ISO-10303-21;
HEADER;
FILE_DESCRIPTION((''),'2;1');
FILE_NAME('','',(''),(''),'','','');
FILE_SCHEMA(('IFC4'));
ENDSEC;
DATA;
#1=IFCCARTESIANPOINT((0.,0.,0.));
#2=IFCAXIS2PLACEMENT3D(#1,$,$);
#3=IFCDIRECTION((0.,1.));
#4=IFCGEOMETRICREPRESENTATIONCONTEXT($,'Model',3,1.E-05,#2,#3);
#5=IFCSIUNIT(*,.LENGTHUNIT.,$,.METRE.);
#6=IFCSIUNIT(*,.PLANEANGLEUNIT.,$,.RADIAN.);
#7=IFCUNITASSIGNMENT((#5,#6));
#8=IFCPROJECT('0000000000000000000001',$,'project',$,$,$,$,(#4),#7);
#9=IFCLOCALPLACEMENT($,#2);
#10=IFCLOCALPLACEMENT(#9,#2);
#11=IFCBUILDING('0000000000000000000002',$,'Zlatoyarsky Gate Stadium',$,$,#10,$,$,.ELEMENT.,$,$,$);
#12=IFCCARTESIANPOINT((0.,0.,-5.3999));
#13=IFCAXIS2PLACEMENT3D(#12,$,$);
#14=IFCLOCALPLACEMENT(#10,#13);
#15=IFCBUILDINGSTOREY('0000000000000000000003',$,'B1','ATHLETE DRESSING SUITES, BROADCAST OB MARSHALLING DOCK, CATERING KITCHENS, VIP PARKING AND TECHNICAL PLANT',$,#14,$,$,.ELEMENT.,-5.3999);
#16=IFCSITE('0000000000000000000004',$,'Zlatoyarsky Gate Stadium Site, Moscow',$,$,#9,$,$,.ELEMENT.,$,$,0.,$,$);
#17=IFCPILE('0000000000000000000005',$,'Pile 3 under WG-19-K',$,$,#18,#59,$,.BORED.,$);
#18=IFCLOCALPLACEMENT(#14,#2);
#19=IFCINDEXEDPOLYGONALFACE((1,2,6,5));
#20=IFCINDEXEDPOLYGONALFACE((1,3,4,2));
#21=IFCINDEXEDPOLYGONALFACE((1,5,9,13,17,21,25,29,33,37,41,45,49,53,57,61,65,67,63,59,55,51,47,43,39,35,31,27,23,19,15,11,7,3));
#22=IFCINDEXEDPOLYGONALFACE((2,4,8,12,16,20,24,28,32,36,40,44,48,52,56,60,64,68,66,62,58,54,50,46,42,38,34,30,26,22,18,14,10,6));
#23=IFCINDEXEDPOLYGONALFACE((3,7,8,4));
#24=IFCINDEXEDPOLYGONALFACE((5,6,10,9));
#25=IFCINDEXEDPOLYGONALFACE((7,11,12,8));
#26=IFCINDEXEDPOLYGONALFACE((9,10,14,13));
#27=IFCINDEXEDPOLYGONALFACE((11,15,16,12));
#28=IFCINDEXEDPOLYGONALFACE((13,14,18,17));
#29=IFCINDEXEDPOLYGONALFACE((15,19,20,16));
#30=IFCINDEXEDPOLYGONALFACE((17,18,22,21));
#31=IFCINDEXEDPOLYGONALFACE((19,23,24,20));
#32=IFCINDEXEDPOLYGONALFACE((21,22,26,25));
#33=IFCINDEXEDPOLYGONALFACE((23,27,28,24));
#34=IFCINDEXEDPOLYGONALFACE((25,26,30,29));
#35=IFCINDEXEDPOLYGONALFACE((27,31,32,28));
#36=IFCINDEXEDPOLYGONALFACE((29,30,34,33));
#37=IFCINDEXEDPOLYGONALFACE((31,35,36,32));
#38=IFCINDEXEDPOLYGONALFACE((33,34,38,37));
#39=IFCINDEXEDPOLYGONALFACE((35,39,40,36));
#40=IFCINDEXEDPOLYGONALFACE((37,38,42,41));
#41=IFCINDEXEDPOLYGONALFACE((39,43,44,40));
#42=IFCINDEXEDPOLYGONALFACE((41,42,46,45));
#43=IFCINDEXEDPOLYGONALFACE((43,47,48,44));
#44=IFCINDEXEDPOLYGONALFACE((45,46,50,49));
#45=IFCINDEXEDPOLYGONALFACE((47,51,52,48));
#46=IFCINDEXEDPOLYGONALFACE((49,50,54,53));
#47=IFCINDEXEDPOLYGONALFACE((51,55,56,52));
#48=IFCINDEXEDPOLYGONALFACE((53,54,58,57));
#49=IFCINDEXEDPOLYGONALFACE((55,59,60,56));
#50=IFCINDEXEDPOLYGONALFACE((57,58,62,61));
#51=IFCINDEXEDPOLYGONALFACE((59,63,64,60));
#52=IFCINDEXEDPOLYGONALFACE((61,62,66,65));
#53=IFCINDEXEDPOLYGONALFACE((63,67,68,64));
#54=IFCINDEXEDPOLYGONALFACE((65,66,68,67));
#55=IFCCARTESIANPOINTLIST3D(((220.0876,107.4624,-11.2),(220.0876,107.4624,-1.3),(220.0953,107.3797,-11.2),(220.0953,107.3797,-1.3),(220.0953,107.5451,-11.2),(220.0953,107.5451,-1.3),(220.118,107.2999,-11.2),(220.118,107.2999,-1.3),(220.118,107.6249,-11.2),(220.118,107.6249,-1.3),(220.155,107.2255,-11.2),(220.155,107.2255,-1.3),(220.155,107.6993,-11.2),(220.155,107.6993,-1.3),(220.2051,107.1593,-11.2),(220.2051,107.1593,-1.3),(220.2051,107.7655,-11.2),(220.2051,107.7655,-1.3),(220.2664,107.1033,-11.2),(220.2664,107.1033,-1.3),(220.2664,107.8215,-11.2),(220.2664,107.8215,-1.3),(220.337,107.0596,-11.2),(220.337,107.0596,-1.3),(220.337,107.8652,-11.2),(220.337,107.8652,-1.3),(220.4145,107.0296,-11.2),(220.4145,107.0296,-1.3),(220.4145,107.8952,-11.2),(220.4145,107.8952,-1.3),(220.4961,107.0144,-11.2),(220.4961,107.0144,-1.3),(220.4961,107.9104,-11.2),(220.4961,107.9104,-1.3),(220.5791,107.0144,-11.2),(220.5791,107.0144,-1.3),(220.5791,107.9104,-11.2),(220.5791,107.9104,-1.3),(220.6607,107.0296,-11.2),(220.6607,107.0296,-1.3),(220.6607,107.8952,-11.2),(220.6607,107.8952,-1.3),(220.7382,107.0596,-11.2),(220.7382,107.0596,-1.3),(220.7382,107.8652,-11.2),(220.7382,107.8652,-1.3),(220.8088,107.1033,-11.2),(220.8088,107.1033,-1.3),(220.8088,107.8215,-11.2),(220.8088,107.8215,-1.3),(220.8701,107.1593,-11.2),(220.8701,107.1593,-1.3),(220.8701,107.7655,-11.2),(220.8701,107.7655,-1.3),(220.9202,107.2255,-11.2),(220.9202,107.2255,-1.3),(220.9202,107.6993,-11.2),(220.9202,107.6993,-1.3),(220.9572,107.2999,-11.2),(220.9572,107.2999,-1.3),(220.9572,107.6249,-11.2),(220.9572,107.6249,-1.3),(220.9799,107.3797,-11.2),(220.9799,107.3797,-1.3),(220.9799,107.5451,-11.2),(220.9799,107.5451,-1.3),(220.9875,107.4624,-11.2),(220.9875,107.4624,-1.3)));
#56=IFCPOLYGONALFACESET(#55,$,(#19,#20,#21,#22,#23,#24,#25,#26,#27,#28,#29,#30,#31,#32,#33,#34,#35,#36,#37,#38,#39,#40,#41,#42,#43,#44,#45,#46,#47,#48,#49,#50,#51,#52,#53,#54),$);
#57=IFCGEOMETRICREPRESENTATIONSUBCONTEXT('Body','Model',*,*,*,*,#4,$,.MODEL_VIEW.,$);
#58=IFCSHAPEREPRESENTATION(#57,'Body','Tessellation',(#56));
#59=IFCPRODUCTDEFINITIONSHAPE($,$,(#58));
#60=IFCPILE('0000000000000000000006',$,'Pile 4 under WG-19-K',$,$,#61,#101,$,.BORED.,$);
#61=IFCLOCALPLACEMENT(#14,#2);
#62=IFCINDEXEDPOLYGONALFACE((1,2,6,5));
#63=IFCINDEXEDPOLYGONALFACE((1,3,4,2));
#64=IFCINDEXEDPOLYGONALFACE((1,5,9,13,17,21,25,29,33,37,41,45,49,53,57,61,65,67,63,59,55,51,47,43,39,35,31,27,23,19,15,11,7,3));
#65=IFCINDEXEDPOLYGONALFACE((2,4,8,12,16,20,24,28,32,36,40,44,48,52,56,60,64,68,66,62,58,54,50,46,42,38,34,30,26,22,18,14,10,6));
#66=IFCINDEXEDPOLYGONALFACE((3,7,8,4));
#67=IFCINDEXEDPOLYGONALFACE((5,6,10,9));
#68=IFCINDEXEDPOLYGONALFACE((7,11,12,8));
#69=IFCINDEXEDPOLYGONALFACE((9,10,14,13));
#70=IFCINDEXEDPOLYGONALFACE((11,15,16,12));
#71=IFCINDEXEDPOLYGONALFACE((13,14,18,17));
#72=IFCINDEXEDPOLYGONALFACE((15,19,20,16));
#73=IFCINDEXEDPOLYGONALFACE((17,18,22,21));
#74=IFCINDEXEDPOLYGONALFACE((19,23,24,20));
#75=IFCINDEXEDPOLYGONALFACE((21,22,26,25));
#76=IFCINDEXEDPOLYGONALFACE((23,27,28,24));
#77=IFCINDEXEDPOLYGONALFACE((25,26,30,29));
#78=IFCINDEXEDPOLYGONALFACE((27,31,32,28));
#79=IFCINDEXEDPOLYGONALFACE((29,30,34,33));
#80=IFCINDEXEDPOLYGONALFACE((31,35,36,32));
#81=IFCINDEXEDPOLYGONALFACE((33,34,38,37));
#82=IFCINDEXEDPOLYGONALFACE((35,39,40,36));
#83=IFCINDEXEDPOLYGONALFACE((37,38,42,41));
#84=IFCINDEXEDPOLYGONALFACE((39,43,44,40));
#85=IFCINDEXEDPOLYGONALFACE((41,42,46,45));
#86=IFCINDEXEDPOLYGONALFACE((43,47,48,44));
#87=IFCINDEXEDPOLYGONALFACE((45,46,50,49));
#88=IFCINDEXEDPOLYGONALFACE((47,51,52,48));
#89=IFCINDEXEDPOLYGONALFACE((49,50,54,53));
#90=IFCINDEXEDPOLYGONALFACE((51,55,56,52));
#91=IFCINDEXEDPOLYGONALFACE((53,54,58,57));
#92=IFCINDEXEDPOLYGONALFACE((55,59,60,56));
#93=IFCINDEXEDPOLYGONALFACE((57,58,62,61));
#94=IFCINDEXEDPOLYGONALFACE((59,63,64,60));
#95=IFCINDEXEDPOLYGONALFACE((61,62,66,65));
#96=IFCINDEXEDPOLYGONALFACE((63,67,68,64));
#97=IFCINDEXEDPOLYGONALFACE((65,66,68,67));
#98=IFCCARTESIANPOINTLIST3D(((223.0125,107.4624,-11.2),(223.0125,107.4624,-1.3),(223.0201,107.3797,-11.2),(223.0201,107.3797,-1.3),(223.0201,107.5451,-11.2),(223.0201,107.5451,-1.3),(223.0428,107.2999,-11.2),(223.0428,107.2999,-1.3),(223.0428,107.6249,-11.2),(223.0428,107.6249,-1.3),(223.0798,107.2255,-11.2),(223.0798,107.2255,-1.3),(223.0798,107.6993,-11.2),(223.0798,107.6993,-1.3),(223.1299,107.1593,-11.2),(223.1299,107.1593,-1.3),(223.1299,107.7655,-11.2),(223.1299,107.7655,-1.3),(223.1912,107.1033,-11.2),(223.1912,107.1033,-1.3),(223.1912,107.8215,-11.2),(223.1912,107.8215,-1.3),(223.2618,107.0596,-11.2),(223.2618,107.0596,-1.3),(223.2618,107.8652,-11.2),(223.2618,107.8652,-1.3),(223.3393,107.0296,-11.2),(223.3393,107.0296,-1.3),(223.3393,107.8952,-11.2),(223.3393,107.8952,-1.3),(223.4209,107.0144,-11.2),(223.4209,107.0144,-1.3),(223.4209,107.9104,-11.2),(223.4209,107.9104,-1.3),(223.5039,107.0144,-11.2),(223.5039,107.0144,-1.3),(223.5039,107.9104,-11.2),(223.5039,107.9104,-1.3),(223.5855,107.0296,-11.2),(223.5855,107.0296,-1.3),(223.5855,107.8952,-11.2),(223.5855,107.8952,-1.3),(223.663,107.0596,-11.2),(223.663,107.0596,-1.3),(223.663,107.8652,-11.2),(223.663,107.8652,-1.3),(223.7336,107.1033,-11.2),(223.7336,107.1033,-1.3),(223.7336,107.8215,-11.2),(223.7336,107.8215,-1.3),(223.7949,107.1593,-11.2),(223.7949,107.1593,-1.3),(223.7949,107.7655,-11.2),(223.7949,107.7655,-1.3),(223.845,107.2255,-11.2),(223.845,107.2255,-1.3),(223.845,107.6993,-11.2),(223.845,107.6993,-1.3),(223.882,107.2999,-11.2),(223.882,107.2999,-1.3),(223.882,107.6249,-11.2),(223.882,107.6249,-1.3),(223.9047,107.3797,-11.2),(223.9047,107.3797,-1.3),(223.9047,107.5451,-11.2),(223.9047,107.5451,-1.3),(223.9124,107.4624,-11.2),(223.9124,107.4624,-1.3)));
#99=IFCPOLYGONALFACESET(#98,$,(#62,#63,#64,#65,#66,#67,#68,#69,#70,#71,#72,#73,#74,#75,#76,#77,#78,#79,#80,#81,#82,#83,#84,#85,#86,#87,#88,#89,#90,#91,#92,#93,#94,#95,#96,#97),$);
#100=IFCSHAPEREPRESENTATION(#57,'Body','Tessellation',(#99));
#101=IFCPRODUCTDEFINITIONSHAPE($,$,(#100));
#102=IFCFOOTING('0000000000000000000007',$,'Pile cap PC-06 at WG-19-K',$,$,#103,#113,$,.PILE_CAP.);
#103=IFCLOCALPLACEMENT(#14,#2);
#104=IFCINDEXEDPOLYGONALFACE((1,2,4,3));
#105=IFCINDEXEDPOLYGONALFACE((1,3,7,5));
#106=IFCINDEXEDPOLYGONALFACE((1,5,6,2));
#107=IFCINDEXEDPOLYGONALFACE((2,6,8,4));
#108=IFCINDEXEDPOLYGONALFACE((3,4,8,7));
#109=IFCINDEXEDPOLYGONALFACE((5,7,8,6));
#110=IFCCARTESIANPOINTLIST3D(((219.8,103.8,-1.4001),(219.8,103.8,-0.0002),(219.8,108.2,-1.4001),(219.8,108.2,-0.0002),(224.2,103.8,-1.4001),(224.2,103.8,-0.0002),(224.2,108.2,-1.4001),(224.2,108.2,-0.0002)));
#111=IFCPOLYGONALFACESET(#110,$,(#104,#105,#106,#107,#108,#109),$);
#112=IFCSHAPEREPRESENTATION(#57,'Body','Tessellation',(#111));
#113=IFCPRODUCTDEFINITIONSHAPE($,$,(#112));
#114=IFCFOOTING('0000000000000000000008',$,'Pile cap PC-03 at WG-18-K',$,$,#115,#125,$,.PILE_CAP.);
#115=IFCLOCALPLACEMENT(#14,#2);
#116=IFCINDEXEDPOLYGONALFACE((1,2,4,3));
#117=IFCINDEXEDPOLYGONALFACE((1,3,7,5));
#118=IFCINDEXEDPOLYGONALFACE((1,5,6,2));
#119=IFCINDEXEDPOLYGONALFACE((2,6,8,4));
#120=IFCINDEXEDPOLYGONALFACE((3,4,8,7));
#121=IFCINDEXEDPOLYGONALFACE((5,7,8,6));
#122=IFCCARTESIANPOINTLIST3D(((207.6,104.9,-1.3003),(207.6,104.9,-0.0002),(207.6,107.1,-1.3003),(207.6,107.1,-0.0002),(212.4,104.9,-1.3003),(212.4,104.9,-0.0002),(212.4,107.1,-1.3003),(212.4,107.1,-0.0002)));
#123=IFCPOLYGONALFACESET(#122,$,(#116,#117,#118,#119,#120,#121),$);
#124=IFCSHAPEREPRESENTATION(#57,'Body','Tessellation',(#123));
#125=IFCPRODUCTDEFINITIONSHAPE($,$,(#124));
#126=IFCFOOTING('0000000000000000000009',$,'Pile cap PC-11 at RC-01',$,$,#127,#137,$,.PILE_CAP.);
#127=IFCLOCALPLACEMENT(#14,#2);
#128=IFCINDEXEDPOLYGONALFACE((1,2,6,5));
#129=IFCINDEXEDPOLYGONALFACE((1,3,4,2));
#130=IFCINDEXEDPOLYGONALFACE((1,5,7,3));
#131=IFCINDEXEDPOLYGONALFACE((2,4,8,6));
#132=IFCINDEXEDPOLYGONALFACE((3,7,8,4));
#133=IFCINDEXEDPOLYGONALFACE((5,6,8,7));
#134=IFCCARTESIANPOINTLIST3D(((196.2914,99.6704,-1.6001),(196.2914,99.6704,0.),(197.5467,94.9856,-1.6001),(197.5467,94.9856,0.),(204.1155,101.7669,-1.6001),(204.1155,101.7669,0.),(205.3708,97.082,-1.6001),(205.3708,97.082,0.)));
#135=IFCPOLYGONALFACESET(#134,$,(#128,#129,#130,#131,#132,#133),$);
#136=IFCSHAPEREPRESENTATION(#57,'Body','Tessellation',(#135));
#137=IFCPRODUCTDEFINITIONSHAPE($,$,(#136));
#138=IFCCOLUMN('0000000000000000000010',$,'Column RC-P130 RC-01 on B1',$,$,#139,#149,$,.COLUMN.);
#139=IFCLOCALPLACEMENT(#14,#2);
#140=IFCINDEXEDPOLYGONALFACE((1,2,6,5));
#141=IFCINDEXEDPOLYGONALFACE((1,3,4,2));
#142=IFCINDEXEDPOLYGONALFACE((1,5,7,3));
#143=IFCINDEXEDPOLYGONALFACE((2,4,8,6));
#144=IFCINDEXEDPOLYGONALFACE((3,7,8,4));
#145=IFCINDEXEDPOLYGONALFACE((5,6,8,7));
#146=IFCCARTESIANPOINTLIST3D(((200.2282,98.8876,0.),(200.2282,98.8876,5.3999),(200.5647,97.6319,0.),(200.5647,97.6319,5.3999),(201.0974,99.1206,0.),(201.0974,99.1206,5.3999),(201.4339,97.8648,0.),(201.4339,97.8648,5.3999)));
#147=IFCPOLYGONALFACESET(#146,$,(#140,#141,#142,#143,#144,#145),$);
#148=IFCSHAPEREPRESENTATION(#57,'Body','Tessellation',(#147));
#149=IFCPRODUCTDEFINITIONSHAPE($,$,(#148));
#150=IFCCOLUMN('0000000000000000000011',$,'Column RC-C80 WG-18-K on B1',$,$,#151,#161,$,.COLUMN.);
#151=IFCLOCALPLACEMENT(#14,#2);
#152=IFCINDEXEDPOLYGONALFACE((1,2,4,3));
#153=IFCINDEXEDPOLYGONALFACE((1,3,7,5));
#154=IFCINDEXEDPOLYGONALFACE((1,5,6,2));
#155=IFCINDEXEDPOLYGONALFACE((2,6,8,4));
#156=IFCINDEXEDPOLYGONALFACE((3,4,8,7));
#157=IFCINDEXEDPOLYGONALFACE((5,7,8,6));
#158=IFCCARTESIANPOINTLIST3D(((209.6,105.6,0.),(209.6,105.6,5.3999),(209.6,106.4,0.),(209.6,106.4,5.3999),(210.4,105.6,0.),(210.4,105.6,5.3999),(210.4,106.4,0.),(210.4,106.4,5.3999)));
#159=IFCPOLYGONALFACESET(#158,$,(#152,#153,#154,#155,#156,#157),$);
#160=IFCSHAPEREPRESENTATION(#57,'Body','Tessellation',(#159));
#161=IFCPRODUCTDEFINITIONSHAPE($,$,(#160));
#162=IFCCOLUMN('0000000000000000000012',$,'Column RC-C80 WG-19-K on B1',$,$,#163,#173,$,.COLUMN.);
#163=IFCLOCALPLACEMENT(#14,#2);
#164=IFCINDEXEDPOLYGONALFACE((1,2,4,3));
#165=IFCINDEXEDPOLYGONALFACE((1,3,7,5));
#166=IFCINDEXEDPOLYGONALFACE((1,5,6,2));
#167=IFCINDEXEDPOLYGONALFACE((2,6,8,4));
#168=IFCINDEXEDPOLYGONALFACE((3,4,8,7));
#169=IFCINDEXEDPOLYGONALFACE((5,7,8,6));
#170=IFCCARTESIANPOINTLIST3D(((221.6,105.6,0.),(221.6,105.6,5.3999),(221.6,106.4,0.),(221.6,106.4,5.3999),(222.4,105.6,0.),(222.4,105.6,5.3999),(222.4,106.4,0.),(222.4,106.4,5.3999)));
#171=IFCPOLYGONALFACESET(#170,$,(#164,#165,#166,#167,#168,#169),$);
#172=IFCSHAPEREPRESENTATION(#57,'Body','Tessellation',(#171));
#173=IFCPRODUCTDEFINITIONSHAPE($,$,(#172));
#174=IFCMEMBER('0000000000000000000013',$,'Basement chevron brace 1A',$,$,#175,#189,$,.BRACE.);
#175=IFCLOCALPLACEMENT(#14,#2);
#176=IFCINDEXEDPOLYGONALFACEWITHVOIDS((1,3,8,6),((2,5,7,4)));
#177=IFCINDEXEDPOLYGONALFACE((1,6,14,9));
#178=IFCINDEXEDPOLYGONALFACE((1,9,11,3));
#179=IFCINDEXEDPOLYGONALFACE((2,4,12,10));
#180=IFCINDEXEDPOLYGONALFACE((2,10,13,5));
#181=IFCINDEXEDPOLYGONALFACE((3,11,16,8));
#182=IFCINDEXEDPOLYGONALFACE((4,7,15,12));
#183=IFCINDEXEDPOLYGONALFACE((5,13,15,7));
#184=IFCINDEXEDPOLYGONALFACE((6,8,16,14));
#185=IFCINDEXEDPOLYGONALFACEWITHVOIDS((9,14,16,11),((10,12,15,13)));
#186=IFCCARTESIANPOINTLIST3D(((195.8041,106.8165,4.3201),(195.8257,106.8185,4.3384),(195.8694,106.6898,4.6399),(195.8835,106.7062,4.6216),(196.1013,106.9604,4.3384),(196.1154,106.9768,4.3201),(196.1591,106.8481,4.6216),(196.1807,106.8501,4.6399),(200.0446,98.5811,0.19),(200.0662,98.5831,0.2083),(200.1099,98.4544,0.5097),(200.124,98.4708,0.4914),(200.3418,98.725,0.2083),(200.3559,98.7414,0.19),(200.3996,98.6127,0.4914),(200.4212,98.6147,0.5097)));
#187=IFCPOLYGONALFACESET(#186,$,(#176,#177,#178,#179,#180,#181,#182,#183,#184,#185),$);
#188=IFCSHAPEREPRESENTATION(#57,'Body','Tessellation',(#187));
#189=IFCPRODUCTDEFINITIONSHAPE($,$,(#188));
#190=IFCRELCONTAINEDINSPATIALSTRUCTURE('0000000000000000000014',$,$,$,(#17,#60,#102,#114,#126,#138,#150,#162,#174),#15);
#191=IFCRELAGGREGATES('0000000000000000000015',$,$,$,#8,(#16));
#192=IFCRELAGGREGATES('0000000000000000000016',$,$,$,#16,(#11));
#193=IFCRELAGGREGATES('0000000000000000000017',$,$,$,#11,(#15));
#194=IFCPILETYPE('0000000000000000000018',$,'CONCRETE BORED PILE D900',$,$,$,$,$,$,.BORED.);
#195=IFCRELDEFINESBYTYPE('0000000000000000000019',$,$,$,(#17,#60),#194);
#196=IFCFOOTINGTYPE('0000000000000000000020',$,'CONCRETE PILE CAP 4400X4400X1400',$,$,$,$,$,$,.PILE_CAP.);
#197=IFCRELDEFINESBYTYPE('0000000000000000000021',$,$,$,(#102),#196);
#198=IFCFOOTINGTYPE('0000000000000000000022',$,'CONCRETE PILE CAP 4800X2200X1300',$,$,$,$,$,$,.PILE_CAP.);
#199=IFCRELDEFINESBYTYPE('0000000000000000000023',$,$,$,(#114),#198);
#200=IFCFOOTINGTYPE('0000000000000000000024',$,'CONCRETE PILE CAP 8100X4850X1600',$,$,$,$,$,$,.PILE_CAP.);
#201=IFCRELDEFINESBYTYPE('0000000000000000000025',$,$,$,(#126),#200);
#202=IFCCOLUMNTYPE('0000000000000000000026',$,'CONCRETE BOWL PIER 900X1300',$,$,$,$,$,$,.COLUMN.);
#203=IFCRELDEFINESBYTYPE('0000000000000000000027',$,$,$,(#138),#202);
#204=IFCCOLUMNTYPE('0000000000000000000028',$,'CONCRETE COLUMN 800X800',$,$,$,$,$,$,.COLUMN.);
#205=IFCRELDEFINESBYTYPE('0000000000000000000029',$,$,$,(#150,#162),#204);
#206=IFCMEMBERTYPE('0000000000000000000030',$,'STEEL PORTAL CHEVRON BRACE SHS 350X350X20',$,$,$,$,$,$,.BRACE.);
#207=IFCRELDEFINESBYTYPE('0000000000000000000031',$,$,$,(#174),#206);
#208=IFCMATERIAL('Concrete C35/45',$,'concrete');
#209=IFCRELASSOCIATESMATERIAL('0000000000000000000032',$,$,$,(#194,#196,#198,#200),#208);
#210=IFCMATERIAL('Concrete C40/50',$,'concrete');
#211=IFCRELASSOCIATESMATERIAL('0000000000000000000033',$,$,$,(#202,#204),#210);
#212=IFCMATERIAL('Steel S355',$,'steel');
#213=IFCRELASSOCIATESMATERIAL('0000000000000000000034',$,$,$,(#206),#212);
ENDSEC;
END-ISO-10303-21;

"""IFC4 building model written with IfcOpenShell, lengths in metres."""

from ifc_helpers import new_model, si_unit, direction, frame, origin, origin_2d, place, context, subcontext, project, spatial, rectangle, hollow_rectangle, circle, extrude, material, material_profile, profile_set, type_object, element, save


model = new_model("IFC4")

# Units and contexts
model_context = context("Model", 3, precision=1e-05, world=origin(), true_north=direction((0.0, 1.0)))
body_context = subcontext(model_context, "Body", "Model", "MODEL_VIEW")
ifc_project = project(units=[si_unit("LENGTHUNIT", "METRE"), si_unit("PLANEANGLEUNIT", "RADIAN")], contexts=[model_context])

# Site, building, storey
site_placement = place(None, origin())
site = spatial("IfcSite", under=ifc_project, at=site_placement, Name="Zlatoyarsky Gate Stadium Site, Moscow", CompositionType="ELEMENT", RefElevation=0.0)
building_placement = place(site_placement, origin())
building = spatial("IfcBuilding", under=site, at=building_placement, Name="Zlatoyarsky Gate Stadium", CompositionType="ELEMENT")
storey_placement = place(building_placement, frame((0.0, 0.0, -5.3999)))
storey = spatial("IfcBuildingStorey", under=building, at=storey_placement, Name="B1", Description="ATHLETE DRESSING SUITES, BROADCAST OB MARSHALLING DOCK, CATERING KITCHENS, VIP PARKING AND TECHNICAL PLANT", CompositionType="ELEMENT", Elevation=-5.3999)

# Piles
ifc_material_1 = material(Name="Concrete C35/45", Category="concrete")
ifc_material_profile_1 = material_profile(ifc_material_1, circle(Radius=0.45, at=origin_2d()), Name="BORED PILE D900")
ifc_profile_set_1 = profile_set([ifc_material_profile_1], Name="Concrete C35/45")
pile_type_1 = type_object("IfcPileType", Name="CONCRETE BORED PILE D900", PredefinedType="BORED", material=ifc_profile_set_1)
for number, where, z_axis, x_axis, name in (
    (1, (220.5376, 107.4624, -1.3), (0.0, 0.0, -1.0), (1.0, 0.0, 0.0), "Pile 3 under WG-19-K"),
    (2, (223.4624, 107.4624, -1.3), (0.0, 0.0, -1.0), (1.0, 0.0, 0.0), "Pile 4 under WG-19-K"),
):
    element("IfcPile", number, at=place(storey_placement, frame(where, z_axis=z_axis, x_axis=x_axis)), inside=storey, type_object=pile_type_1, Name=name, PredefinedType="BORED", context=body_context, shape_type="SweptSolid", body=[
        extrude(circle(Radius=0.45, at=origin_2d()), origin(), (0.0, 0.0, 1.0), 9.8999),
    ])

# Footings
footing_type_1 = type_object("IfcFootingType", Name="CONCRETE PILE CAP 4400X4400X1400", PredefinedType="PILE_CAP", material=ifc_material_1)
footing_1_placement = place(storey_placement, frame((222.0, 106.0, -1.4001), z_axis=(0.0, 0.0, 1.0), x_axis=(1.0, 0.0, 0.0)))
element("IfcFooting", 3, at=footing_1_placement, inside=storey, type_object=footing_type_1, Name="Pile cap PC-06 at WG-19-K", PredefinedType="PILE_CAP", context=body_context, shape_type="SweptSolid", body=[
    extrude(rectangle(XDim=4.3999, YDim=4.3999, at=origin_2d()), origin(), (0.0, 0.0, 1.0), 1.3999),
])
footing_type_2 = type_object("IfcFootingType", Name="CONCRETE PILE CAP 4800X2200X1300", PredefinedType="PILE_CAP", material=ifc_material_1)
footing_2_placement = place(storey_placement, frame((210.0, 106.0, -1.3003), z_axis=(0.0, 0.0, 1.0), x_axis=(1.0, 0.0, 0.0)))
element("IfcFooting", 4, at=footing_2_placement, inside=storey, type_object=footing_type_2, Name="Pile cap PC-03 at WG-18-K", PredefinedType="PILE_CAP", context=body_context, shape_type="SweptSolid", body=[
    extrude(rectangle(XDim=4.8, YDim=2.2, at=origin_2d()), origin(), (0.0, 0.0, 1.0), 1.3),
])
footing_type_3 = type_object("IfcFootingType", Name="CONCRETE PILE CAP 8100X4850X1600", PredefinedType="PILE_CAP", material=ifc_material_1)
footing_3_placement = place(storey_placement, frame((200.8311, 98.3762, -1.6001), z_axis=(0.0, 0.0, 1.0), x_axis=(0.965926, 0.258819, 0.0)))
element("IfcFooting", 5, at=footing_3_placement, inside=storey, type_object=footing_type_3, Name="Pile cap PC-11 at RC-01", PredefinedType="PILE_CAP", context=body_context, shape_type="SweptSolid", body=[
    extrude(rectangle(XDim=8.1001, YDim=4.8501, at=origin_2d()), origin(), (0.0, 0.0, 1.0), 1.6001),
])

# Columns
ifc_material_2 = material(Name="Concrete C40/50", Category="concrete")
ifc_material_profile_2 = material_profile(ifc_material_2, rectangle(XDim=0.8999, YDim=1.3, at=origin_2d()), Name="RC PIER 900X1300")
ifc_profile_set_2 = profile_set([ifc_material_profile_2], Name="Concrete C40/50")
column_type_1 = type_object("IfcColumnType", Name="CONCRETE BOWL PIER 900X1300", PredefinedType="COLUMN", material=ifc_profile_set_2)
column_placement = place(storey_placement, frame((200.8311, 98.3762, 0.0), z_axis=(0.0, 0.0, 1.0), x_axis=(0.965926, 0.258819, 0.0)))
element("IfcColumn", 6, at=column_placement, inside=storey, type_object=column_type_1, Name="Column RC-P130 RC-01 on B1", PredefinedType="COLUMN", context=body_context, shape_type="SweptSolid", body=[
    extrude(rectangle(XDim=0.8999, YDim=1.3, at=origin_2d()), origin(), (0.0, 0.0, 1.0), 5.3999),
])
ifc_material_profile_3 = material_profile(ifc_material_2, rectangle(XDim=0.8, YDim=0.8, at=origin_2d()), Name="RC COL 800X800")
ifc_profile_set_3 = profile_set([ifc_material_profile_3], Name="Concrete C40/50")
column_type_2 = type_object("IfcColumnType", Name="CONCRETE COLUMN 800X800", PredefinedType="COLUMN", material=ifc_profile_set_3)
for number, where, z_axis, x_axis, name in (
    (7, (210.0, 106.0, 0.0), (0.0, 0.0, 1.0), (1.0, 0.0, 0.0), "Column RC-C80 WG-18-K on B1"),
    (8, (222.0, 106.0, 0.0), (0.0, 0.0, 1.0), (1.0, 0.0, 0.0), "Column RC-C80 WG-19-K on B1"),
):
    element("IfcColumn", number, at=place(storey_placement, frame(where, z_axis=z_axis, x_axis=x_axis)), inside=storey, type_object=column_type_2, Name=name, PredefinedType="COLUMN", context=body_context, shape_type="SweptSolid", body=[
        extrude(rectangle(XDim=0.8, YDim=0.8, at=origin_2d()), origin(), (0.0, 0.0, 1.0), 5.3999),
    ])

# Member
ifc_material_3 = material(Name="Steel S355", Category="steel")
ifc_material_profile_4 = material_profile(ifc_material_3, hollow_rectangle(XDim=0.3501, YDim=0.3501, WallThickness=0.02, at=origin_2d()), Name="SHS 350X350X20")
ifc_profile_set_4 = profile_set([ifc_material_profile_4], Name="Steel S355")
member_type = type_object("IfcMemberType", Name="STEEL PORTAL CHEVRON BRACE SHS 350X350X20", PredefinedType="BRACE", material=ifc_profile_set_4)
member_placement = place(storey_placement, frame((200.2329, 98.5979, 0.3499), z_axis=(-0.41811, 0.812003, 0.407229), x_axis=(-0.889061, -0.457788, 0.0)))
element("IfcMember", 9, at=member_placement, inside=storey, type_object=member_type, Name="Basement chevron brace 1A", PredefinedType="BRACE", context=body_context, shape_type="SweptSolid", body=[
    extrude(hollow_rectangle(XDim=0.3501, YDim=0.3501, WallThickness=0.02, at=origin_2d()), origin(), (0.0, 0.0, 1.0), 10.1421),
])

save(model, "model.ifc")
